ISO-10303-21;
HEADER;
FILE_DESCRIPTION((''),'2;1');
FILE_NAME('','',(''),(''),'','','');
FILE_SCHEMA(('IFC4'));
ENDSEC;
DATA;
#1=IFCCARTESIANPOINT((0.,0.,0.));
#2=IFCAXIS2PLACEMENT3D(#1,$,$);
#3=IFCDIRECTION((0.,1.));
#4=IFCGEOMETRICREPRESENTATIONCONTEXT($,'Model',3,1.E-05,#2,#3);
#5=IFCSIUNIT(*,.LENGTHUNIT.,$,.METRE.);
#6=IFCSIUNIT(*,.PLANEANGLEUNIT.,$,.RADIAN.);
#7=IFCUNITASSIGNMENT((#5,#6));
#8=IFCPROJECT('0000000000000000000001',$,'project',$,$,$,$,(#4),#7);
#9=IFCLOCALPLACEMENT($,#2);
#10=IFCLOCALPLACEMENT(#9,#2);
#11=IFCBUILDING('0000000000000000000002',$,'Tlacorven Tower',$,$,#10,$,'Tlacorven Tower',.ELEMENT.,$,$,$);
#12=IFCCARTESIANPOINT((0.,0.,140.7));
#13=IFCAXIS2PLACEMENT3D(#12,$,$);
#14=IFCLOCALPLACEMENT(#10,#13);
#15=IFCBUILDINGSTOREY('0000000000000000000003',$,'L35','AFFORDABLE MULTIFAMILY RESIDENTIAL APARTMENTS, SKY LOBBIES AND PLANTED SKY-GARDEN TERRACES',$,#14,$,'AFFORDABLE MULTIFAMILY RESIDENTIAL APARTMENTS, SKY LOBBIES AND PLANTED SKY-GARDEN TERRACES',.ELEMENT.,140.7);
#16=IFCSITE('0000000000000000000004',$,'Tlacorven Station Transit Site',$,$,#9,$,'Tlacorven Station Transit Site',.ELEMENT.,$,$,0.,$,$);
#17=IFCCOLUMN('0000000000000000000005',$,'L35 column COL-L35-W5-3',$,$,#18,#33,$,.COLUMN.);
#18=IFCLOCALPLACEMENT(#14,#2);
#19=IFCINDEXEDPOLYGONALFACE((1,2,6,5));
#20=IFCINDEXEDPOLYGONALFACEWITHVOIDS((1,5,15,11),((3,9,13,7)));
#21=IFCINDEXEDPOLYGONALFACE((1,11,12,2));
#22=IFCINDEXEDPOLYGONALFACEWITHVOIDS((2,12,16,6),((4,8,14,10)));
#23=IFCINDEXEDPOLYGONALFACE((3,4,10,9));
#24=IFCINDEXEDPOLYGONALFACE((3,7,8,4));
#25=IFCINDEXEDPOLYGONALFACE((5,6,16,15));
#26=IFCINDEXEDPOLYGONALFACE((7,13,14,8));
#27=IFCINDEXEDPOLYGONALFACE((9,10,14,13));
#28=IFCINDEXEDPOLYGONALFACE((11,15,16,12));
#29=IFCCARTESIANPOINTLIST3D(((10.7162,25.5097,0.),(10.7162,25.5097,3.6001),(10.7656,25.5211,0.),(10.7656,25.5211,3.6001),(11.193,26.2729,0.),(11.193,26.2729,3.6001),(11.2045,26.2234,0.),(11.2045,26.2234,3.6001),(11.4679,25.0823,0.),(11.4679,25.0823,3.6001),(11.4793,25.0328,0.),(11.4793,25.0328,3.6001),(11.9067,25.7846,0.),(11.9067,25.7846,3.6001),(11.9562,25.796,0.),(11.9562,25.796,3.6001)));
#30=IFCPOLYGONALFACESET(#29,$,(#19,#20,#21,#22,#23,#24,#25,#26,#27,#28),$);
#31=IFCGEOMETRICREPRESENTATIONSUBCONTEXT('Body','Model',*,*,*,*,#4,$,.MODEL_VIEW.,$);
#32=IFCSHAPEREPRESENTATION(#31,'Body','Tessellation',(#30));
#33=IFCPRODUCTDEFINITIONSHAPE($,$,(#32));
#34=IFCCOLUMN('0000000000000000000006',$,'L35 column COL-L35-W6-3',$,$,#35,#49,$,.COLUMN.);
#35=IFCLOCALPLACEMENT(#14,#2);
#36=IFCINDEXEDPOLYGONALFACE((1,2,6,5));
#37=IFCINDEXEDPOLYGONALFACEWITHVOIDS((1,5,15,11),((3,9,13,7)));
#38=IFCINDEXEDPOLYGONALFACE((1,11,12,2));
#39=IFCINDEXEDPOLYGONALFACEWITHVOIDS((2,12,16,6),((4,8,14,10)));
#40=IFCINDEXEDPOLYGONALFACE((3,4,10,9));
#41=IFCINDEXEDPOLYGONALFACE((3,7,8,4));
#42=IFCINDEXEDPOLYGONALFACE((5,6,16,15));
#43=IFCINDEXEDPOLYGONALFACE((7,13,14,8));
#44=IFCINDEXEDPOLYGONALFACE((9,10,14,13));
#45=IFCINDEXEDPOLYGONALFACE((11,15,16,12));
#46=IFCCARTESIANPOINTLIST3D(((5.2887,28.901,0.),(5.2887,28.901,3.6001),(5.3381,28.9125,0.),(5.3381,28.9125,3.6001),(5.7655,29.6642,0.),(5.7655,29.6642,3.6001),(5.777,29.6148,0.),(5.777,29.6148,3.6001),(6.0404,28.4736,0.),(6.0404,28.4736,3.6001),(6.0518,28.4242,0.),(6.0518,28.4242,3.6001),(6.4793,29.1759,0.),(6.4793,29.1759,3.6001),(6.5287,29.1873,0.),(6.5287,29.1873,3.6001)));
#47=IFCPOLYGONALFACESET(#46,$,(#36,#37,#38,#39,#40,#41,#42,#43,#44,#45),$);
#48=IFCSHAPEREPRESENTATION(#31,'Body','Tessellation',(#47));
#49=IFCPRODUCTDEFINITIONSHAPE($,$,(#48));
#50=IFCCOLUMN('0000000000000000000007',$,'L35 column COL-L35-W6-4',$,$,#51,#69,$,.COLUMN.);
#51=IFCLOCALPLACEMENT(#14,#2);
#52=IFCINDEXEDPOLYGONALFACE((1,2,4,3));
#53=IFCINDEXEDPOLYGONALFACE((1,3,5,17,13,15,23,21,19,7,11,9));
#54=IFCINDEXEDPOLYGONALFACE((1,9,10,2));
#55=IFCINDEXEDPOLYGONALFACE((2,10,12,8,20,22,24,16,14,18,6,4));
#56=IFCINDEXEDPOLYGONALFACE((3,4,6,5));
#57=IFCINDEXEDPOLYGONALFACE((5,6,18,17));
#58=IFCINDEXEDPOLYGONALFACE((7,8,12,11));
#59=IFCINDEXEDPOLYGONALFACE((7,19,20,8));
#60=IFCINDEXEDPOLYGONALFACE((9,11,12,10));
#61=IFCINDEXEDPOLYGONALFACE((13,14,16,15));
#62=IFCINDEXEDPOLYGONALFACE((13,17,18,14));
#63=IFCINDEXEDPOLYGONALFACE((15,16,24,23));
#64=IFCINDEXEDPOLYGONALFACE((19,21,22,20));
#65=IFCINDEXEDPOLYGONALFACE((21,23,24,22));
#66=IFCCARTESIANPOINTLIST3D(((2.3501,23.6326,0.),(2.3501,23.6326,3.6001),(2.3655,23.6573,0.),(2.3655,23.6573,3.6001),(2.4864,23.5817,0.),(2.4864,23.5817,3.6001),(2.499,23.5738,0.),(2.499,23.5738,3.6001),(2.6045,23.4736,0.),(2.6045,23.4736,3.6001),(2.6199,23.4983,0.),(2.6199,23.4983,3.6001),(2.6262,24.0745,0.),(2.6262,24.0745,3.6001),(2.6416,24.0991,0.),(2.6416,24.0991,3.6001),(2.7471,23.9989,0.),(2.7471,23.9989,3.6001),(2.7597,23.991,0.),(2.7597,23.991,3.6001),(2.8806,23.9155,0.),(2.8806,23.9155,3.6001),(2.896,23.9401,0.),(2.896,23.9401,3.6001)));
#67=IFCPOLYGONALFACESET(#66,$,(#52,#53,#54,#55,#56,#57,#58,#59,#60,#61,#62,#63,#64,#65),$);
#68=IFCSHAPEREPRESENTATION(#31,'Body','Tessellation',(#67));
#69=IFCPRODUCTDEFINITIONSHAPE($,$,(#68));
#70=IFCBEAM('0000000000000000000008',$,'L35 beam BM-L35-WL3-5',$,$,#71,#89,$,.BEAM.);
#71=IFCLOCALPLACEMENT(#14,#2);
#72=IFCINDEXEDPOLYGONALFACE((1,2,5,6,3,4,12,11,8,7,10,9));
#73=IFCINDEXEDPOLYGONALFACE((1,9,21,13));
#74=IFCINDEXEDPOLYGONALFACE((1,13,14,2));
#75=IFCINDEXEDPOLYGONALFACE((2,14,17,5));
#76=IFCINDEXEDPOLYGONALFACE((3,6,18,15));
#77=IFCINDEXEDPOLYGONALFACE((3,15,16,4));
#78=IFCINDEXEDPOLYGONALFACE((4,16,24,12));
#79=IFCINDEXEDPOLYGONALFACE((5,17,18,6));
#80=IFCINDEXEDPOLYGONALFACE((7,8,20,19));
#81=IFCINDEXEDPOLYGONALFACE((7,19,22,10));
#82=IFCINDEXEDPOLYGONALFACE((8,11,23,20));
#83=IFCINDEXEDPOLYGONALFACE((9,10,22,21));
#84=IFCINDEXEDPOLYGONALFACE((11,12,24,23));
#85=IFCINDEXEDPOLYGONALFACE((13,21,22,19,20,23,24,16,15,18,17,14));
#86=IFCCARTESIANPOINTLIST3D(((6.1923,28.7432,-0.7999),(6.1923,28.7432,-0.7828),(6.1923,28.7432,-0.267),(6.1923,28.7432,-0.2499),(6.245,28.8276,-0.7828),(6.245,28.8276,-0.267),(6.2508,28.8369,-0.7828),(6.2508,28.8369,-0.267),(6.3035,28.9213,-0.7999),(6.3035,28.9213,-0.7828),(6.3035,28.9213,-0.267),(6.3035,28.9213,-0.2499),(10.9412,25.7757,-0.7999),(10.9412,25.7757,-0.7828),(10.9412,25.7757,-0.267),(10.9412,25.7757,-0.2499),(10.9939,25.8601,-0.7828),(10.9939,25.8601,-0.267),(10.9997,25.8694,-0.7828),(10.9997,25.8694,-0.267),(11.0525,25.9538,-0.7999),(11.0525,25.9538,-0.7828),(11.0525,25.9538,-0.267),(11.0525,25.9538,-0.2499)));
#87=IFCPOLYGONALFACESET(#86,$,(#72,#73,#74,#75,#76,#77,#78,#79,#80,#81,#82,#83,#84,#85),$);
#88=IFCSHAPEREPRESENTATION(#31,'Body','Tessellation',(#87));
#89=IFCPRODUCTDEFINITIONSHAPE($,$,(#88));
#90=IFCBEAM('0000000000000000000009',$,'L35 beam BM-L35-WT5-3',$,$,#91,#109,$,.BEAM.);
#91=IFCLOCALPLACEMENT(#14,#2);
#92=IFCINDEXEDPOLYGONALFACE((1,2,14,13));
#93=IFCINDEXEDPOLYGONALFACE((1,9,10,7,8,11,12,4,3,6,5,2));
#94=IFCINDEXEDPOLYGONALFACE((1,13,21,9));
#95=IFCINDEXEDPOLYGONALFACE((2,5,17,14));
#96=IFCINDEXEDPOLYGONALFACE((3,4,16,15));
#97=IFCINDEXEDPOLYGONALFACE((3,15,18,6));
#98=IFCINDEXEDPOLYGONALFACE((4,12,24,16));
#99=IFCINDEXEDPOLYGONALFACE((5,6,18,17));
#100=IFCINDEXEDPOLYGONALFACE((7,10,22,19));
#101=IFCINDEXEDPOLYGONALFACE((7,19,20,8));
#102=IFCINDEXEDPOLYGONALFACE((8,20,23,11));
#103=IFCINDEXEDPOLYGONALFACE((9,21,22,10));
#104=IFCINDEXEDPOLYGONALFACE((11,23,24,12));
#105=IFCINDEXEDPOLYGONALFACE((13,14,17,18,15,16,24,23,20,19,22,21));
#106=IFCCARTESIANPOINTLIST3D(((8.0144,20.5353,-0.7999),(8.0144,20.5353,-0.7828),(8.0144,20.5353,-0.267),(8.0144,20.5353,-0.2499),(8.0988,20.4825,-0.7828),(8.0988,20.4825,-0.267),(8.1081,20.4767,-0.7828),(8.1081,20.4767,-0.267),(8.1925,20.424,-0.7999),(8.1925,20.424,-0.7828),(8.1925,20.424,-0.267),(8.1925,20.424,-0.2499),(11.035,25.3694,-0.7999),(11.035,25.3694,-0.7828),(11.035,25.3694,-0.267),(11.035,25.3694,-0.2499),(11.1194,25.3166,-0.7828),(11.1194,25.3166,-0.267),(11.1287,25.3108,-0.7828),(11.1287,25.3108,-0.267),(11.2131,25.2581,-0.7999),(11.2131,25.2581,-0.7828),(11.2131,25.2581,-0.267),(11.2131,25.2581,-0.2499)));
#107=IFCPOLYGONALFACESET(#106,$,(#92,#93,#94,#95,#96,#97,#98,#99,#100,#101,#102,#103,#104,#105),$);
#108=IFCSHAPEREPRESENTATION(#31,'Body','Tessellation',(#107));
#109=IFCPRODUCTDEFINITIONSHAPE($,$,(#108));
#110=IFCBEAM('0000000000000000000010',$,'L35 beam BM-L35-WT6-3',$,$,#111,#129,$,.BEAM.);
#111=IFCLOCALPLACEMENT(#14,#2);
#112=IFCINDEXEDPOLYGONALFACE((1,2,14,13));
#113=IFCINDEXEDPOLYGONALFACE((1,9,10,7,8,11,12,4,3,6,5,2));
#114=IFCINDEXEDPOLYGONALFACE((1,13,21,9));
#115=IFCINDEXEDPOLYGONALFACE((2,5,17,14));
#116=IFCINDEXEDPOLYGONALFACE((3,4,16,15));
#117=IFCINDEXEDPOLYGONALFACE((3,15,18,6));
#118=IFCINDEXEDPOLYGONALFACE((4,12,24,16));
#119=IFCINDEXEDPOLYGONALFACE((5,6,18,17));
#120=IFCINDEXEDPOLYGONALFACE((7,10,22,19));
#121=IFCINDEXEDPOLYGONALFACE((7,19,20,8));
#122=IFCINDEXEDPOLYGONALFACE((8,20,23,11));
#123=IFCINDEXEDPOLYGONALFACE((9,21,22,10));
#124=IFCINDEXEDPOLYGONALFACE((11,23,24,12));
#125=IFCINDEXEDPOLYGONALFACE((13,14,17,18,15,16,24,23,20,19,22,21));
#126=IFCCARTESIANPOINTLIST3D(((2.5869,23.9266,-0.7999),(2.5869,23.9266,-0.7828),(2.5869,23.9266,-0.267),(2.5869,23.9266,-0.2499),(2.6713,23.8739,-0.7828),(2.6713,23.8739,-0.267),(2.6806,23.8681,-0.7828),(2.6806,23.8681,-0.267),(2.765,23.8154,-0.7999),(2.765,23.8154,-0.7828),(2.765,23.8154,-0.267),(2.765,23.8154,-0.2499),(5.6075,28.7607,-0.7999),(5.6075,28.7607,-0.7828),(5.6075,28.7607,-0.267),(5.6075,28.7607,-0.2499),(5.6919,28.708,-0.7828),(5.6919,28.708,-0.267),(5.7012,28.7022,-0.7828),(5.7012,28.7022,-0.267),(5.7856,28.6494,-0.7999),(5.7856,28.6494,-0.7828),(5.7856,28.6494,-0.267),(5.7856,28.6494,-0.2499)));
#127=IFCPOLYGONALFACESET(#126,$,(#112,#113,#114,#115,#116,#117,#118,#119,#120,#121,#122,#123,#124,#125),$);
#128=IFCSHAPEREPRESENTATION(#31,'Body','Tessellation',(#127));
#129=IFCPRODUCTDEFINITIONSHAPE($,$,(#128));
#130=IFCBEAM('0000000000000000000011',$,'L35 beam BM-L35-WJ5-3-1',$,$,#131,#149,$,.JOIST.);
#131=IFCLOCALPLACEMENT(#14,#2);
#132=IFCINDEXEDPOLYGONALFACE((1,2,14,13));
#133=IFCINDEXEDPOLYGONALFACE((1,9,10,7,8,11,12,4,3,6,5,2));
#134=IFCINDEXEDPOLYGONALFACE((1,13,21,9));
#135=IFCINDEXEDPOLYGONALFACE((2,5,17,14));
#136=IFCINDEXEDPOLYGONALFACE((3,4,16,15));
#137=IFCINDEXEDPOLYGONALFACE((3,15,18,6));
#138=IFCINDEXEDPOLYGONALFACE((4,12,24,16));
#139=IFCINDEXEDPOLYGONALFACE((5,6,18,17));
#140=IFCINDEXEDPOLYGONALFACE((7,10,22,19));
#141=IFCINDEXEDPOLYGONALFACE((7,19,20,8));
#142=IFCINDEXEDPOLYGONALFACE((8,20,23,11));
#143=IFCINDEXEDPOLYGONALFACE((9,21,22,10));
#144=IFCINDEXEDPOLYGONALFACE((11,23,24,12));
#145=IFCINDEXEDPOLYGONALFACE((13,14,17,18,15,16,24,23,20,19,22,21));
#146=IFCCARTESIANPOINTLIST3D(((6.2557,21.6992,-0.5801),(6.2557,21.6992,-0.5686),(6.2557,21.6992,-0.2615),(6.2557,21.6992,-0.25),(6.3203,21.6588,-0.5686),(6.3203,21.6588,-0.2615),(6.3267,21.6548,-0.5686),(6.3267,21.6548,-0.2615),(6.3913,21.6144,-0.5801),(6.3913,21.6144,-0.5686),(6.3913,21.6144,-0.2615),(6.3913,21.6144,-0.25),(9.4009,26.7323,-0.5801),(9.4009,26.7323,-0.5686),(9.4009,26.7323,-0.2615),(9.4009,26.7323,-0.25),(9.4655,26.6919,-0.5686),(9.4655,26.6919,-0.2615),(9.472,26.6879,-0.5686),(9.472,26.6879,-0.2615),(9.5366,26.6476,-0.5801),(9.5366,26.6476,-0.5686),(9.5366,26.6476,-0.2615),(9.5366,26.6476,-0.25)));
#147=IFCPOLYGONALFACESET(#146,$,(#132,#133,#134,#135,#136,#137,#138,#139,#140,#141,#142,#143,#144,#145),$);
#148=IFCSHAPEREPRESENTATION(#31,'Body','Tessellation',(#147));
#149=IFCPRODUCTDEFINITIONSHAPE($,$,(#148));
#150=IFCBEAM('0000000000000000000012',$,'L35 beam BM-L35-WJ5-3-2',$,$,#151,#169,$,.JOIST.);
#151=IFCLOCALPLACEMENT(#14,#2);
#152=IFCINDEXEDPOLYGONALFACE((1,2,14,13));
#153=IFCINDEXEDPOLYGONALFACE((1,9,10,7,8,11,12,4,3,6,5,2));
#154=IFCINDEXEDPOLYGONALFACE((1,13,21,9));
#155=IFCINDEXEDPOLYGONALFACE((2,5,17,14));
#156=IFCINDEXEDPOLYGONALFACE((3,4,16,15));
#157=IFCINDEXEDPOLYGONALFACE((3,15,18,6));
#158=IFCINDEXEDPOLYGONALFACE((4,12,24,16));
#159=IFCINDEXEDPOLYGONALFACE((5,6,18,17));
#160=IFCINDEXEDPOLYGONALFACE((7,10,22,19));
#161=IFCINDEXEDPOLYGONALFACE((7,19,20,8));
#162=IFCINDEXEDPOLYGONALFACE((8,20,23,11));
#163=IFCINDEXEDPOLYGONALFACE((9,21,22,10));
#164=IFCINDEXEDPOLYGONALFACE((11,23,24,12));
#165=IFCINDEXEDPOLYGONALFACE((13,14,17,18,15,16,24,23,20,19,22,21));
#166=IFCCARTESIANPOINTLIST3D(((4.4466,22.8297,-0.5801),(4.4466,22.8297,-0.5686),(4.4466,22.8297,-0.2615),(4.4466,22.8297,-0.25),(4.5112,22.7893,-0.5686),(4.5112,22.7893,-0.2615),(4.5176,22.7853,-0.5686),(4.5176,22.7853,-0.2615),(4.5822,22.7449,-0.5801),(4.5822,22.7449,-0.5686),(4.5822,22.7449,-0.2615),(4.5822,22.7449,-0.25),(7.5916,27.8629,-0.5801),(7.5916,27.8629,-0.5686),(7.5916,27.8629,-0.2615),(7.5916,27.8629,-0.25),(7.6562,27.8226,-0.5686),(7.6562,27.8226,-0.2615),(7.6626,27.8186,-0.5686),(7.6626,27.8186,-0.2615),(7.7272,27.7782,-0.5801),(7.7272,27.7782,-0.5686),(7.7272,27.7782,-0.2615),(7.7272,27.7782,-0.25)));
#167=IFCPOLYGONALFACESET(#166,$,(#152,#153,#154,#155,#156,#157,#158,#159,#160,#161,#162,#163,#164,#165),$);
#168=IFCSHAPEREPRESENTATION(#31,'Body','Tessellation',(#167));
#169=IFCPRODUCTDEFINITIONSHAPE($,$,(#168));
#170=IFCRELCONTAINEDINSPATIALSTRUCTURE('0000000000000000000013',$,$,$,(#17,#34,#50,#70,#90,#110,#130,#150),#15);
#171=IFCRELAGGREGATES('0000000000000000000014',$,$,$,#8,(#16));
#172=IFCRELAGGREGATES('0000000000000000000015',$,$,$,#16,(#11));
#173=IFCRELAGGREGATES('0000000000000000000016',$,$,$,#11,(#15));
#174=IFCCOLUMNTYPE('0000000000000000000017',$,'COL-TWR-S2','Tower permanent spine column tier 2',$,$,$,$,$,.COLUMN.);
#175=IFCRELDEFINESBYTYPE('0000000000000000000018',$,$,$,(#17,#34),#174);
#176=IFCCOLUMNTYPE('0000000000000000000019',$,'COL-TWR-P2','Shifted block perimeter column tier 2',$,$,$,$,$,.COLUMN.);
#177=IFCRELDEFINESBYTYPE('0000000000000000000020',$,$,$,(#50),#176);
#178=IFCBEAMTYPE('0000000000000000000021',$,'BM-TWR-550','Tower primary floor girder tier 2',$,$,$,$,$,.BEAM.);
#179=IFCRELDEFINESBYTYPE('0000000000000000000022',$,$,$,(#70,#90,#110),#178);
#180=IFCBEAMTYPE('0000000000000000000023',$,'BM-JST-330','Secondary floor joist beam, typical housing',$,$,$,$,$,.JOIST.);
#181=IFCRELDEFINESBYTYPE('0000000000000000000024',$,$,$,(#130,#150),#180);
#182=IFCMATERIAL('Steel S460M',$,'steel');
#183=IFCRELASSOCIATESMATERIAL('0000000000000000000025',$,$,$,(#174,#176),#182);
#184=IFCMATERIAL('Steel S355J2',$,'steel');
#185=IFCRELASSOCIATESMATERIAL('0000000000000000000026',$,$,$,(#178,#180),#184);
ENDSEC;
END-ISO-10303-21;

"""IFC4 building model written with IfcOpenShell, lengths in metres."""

from ifc_helpers import new_model, si_unit, direction, frame, origin, origin_2d, place, context, subcontext, project, spatial, hollow_rectangle, i_section, extrude, source, transform, mapped, material, material_profile, profile_set, type_object, element, save


model = new_model("IFC4")

# Units and contexts
model_context = context("Model", 3, precision=1e-05, world=origin(), true_north=direction((0.0, 1.0)))
body_context = subcontext(model_context, "Body", "Model", "MODEL_VIEW")
ifc_project = project(units=[si_unit("LENGTHUNIT", "METRE"), si_unit("PLANEANGLEUNIT", "RADIAN")], contexts=[model_context])

# Site, building, storey
site_placement = place(None, origin())
site = spatial("IfcSite", under=ifc_project, at=site_placement, Name="Tlacorven Station Transit Site", LongName="Tlacorven Station Transit Site", CompositionType="ELEMENT", RefElevation=0.0)
building_placement = place(site_placement, origin())
building = spatial("IfcBuilding", under=site, at=building_placement, Name="Tlacorven Tower", LongName="Tlacorven Tower", CompositionType="ELEMENT")
storey_placement = place(building_placement, frame((0.0, 0.0, 140.7)))
storey = spatial("IfcBuildingStorey", under=building, at=storey_placement, Name="L35", Description="AFFORDABLE MULTIFAMILY RESIDENTIAL APARTMENTS, SKY LOBBIES AND PLANTED SKY-GARDEN TERRACES", LongName="AFFORDABLE MULTIFAMILY RESIDENTIAL APARTMENTS, SKY LOBBIES AND PLANTED SKY-GARDEN TERRACES", CompositionType="ELEMENT", Elevation=140.7)

# Columns
ifc_material_1 = material(Name="Steel S460M", Category="steel")
ifc_material_profile_1 = material_profile(ifc_material_1, hollow_rectangle(XDim=0.8999, YDim=0.8999, WallThickness=0.0359, at=origin_2d()), Name="BOX 900X900X36")
ifc_profile_set_1 = profile_set([ifc_material_profile_1], Name="Steel S460M")
column_type_1 = type_object("IfcColumnType", Name="COL-TWR-S2", Description="Tower permanent spine column tier 2", PredefinedType="COLUMN", material=ifc_profile_set_1)
shared_shape_1 = source(origin(), body_context, "Body", "SweptSolid", [
    extrude(hollow_rectangle(XDim=0.8999, YDim=0.8999, WallThickness=0.0359, at=origin_2d()), origin(), (0.0, 0.0, 1.0), 3.6001),
])
for number, where, z_axis, x_axis, name in (
    (1, (11.3362, 25.6528, 0.0), (0.0, 0.0, 1.0), (-0.848048, 0.529919, 0.0), "L35 column COL-L35-W5-3"),
    (2, (5.9087, 29.0442, 0.0), (0.0, 0.0, 1.0), (-0.848048, 0.529919, 0.0), "L35 column COL-L35-W6-3"),
):
    element("IfcColumn", number, at=place(storey_placement, frame(where, z_axis=z_axis, x_axis=x_axis)), inside=storey, type_object=column_type_1, Name=name, PredefinedType="COLUMN", context=body_context, shape_type="MappedRepresentation", body=[
        mapped(shared_shape_1, transform((0.0, 0.0, 0.0), scale=1.0)),
    ])
ifc_material_profile_2 = material_profile(ifc_material_1, i_section(OverallWidth=0.3, OverallDepth=0.55, WebThickness=0.0149, FlangeThickness=0.0291, at=origin_2d()), Name="HEB 550")
ifc_profile_set_2 = profile_set([ifc_material_profile_2], Name="Steel S460M")
column_type_2 = type_object("IfcColumnType", Name="COL-TWR-P2", Description="Shifted block perimeter column tier 2", PredefinedType="COLUMN", material=ifc_profile_set_2)
shared_shape_2 = source(origin(), body_context, "Body", "SweptSolid", [
    extrude(i_section(OverallWidth=0.3, OverallDepth=0.55, WebThickness=0.0149, FlangeThickness=0.0291, at=origin_2d()), origin(), (0.0, 0.0, 1.0), 3.6001),
])
column_placement = place(storey_placement, frame((2.623, 23.7864, 0.0), z_axis=(0.0, 0.0, 1.0), x_axis=(-0.848048, 0.529919, 0.0)))
element("IfcColumn", 3, at=column_placement, inside=storey, type_object=column_type_2, Name="L35 column COL-L35-W6-4", PredefinedType="COLUMN", context=body_context, shape_type="MappedRepresentation", body=[
    mapped(shared_shape_2, transform((0.0, 0.0, 0.0), scale=1.0)),
])

# Beams
ifc_material_2 = material(Name="Steel S355J2", Category="steel")
ifc_material_profile_3 = material_profile(ifc_material_2, i_section(OverallWidth=0.21, OverallDepth=0.55, WebThickness=0.011, FlangeThickness=0.0171, at=origin_2d()), Name="IPE 550")
ifc_profile_set_3 = profile_set([ifc_material_profile_3], Name="Steel S355J2")
beam_type_1 = type_object("IfcBeamType", Name="BM-TWR-550", Description="Tower primary floor girder tier 2", PredefinedType="BEAM", material=ifc_profile_set_3)
shared_shape_3 = source(origin(), body_context, "Body", "SweptSolid", [
    extrude(i_section(OverallWidth=0.21, OverallDepth=0.55, WebThickness=0.011, FlangeThickness=0.0171, at=origin_2d()), origin(), (0.0, 0.0, 1.0), 5.5999),
])
beam_1_placement = place(storey_placement, frame((10.9968, 25.8647, -0.5249), z_axis=(-0.848047, 0.529921, 0.0), x_axis=(-0.529921, -0.848047, 0.0)))
element("IfcBeam", 4, at=beam_1_placement, inside=storey, type_object=beam_type_1, Name="L35 beam BM-L35-WL3-5", PredefinedType="BEAM", context=body_context, shape_type="MappedRepresentation", body=[
    mapped(shared_shape_3, transform((0.0, 0.0, 0.0), scale=1.0)),
])
shared_shape_4 = source(origin(), body_context, "Body", "SweptSolid", [
    extrude(i_section(OverallWidth=0.21, OverallDepth=0.55, WebThickness=0.011, FlangeThickness=0.0171, at=origin_2d()), origin(), (0.0, 0.0, 1.0), 5.7002),
])
for number, where, z_axis, x_axis, name in (
    (5, (11.124, 25.3137, -0.5249), (-0.529907, -0.848056, 0.0), (0.848056, -0.529907, 0.0), "L35 beam BM-L35-WT5-3"),
    (6, (5.6965, 28.7051, -0.5249), (-0.529907, -0.848056, 0.0), (0.848056, -0.529907, 0.0), "L35 beam BM-L35-WT6-3"),
):
    element("IfcBeam", number, at=place(storey_placement, frame(where, z_axis=z_axis, x_axis=x_axis)), inside=storey, type_object=beam_type_1, Name=name, PredefinedType="BEAM", context=body_context, shape_type="MappedRepresentation", body=[
        mapped(shared_shape_4, transform((0.0, 0.0, 0.0), scale=1.0)),
    ])
ifc_material_profile_4 = material_profile(ifc_material_2, i_section(OverallWidth=0.1599, OverallDepth=0.3301, WebThickness=0.0076, FlangeThickness=0.0115, at=origin_2d()), Name="IPE 330")
ifc_profile_set_4 = profile_set([ifc_material_profile_4], Name="Steel S355J2")
beam_type_2 = type_object("IfcBeamType", Name="BM-JST-330", Description="Secondary floor joist beam, typical housing", PredefinedType="JOIST", material=ifc_profile_set_4)
shared_shape_5 = source(origin(), body_context, "Body", "SweptSolid", [
    extrude(i_section(OverallWidth=0.1599, OverallDepth=0.3301, WebThickness=0.0076, FlangeThickness=0.0115, at=origin_2d()), origin(), (0.0, 0.0, 1.0), 5.9351),
])
for number, where, z_axis, x_axis, name in (
    (7, (9.4688, 26.6899, -0.415), (-0.52994, -0.848035, 0.0), (0.848035, -0.52994, 0.0), "L35 beam BM-L35-WJ5-3-1"),
    (8, (7.6594, 27.8206, -0.415), (-0.52991, -0.848054, 0.0), (0.848054, -0.52991, 0.0), "L35 beam BM-L35-WJ5-3-2"),
):
    element("IfcBeam", number, at=place(storey_placement, frame(where, z_axis=z_axis, x_axis=x_axis)), inside=storey, type_object=beam_type_2, Name=name, PredefinedType="JOIST", context=body_context, shape_type="MappedRepresentation", body=[
        mapped(shared_shape_5, transform((0.0, 0.0, 0.0), scale=1.0)),
    ])

save(model, "model.ifc")
